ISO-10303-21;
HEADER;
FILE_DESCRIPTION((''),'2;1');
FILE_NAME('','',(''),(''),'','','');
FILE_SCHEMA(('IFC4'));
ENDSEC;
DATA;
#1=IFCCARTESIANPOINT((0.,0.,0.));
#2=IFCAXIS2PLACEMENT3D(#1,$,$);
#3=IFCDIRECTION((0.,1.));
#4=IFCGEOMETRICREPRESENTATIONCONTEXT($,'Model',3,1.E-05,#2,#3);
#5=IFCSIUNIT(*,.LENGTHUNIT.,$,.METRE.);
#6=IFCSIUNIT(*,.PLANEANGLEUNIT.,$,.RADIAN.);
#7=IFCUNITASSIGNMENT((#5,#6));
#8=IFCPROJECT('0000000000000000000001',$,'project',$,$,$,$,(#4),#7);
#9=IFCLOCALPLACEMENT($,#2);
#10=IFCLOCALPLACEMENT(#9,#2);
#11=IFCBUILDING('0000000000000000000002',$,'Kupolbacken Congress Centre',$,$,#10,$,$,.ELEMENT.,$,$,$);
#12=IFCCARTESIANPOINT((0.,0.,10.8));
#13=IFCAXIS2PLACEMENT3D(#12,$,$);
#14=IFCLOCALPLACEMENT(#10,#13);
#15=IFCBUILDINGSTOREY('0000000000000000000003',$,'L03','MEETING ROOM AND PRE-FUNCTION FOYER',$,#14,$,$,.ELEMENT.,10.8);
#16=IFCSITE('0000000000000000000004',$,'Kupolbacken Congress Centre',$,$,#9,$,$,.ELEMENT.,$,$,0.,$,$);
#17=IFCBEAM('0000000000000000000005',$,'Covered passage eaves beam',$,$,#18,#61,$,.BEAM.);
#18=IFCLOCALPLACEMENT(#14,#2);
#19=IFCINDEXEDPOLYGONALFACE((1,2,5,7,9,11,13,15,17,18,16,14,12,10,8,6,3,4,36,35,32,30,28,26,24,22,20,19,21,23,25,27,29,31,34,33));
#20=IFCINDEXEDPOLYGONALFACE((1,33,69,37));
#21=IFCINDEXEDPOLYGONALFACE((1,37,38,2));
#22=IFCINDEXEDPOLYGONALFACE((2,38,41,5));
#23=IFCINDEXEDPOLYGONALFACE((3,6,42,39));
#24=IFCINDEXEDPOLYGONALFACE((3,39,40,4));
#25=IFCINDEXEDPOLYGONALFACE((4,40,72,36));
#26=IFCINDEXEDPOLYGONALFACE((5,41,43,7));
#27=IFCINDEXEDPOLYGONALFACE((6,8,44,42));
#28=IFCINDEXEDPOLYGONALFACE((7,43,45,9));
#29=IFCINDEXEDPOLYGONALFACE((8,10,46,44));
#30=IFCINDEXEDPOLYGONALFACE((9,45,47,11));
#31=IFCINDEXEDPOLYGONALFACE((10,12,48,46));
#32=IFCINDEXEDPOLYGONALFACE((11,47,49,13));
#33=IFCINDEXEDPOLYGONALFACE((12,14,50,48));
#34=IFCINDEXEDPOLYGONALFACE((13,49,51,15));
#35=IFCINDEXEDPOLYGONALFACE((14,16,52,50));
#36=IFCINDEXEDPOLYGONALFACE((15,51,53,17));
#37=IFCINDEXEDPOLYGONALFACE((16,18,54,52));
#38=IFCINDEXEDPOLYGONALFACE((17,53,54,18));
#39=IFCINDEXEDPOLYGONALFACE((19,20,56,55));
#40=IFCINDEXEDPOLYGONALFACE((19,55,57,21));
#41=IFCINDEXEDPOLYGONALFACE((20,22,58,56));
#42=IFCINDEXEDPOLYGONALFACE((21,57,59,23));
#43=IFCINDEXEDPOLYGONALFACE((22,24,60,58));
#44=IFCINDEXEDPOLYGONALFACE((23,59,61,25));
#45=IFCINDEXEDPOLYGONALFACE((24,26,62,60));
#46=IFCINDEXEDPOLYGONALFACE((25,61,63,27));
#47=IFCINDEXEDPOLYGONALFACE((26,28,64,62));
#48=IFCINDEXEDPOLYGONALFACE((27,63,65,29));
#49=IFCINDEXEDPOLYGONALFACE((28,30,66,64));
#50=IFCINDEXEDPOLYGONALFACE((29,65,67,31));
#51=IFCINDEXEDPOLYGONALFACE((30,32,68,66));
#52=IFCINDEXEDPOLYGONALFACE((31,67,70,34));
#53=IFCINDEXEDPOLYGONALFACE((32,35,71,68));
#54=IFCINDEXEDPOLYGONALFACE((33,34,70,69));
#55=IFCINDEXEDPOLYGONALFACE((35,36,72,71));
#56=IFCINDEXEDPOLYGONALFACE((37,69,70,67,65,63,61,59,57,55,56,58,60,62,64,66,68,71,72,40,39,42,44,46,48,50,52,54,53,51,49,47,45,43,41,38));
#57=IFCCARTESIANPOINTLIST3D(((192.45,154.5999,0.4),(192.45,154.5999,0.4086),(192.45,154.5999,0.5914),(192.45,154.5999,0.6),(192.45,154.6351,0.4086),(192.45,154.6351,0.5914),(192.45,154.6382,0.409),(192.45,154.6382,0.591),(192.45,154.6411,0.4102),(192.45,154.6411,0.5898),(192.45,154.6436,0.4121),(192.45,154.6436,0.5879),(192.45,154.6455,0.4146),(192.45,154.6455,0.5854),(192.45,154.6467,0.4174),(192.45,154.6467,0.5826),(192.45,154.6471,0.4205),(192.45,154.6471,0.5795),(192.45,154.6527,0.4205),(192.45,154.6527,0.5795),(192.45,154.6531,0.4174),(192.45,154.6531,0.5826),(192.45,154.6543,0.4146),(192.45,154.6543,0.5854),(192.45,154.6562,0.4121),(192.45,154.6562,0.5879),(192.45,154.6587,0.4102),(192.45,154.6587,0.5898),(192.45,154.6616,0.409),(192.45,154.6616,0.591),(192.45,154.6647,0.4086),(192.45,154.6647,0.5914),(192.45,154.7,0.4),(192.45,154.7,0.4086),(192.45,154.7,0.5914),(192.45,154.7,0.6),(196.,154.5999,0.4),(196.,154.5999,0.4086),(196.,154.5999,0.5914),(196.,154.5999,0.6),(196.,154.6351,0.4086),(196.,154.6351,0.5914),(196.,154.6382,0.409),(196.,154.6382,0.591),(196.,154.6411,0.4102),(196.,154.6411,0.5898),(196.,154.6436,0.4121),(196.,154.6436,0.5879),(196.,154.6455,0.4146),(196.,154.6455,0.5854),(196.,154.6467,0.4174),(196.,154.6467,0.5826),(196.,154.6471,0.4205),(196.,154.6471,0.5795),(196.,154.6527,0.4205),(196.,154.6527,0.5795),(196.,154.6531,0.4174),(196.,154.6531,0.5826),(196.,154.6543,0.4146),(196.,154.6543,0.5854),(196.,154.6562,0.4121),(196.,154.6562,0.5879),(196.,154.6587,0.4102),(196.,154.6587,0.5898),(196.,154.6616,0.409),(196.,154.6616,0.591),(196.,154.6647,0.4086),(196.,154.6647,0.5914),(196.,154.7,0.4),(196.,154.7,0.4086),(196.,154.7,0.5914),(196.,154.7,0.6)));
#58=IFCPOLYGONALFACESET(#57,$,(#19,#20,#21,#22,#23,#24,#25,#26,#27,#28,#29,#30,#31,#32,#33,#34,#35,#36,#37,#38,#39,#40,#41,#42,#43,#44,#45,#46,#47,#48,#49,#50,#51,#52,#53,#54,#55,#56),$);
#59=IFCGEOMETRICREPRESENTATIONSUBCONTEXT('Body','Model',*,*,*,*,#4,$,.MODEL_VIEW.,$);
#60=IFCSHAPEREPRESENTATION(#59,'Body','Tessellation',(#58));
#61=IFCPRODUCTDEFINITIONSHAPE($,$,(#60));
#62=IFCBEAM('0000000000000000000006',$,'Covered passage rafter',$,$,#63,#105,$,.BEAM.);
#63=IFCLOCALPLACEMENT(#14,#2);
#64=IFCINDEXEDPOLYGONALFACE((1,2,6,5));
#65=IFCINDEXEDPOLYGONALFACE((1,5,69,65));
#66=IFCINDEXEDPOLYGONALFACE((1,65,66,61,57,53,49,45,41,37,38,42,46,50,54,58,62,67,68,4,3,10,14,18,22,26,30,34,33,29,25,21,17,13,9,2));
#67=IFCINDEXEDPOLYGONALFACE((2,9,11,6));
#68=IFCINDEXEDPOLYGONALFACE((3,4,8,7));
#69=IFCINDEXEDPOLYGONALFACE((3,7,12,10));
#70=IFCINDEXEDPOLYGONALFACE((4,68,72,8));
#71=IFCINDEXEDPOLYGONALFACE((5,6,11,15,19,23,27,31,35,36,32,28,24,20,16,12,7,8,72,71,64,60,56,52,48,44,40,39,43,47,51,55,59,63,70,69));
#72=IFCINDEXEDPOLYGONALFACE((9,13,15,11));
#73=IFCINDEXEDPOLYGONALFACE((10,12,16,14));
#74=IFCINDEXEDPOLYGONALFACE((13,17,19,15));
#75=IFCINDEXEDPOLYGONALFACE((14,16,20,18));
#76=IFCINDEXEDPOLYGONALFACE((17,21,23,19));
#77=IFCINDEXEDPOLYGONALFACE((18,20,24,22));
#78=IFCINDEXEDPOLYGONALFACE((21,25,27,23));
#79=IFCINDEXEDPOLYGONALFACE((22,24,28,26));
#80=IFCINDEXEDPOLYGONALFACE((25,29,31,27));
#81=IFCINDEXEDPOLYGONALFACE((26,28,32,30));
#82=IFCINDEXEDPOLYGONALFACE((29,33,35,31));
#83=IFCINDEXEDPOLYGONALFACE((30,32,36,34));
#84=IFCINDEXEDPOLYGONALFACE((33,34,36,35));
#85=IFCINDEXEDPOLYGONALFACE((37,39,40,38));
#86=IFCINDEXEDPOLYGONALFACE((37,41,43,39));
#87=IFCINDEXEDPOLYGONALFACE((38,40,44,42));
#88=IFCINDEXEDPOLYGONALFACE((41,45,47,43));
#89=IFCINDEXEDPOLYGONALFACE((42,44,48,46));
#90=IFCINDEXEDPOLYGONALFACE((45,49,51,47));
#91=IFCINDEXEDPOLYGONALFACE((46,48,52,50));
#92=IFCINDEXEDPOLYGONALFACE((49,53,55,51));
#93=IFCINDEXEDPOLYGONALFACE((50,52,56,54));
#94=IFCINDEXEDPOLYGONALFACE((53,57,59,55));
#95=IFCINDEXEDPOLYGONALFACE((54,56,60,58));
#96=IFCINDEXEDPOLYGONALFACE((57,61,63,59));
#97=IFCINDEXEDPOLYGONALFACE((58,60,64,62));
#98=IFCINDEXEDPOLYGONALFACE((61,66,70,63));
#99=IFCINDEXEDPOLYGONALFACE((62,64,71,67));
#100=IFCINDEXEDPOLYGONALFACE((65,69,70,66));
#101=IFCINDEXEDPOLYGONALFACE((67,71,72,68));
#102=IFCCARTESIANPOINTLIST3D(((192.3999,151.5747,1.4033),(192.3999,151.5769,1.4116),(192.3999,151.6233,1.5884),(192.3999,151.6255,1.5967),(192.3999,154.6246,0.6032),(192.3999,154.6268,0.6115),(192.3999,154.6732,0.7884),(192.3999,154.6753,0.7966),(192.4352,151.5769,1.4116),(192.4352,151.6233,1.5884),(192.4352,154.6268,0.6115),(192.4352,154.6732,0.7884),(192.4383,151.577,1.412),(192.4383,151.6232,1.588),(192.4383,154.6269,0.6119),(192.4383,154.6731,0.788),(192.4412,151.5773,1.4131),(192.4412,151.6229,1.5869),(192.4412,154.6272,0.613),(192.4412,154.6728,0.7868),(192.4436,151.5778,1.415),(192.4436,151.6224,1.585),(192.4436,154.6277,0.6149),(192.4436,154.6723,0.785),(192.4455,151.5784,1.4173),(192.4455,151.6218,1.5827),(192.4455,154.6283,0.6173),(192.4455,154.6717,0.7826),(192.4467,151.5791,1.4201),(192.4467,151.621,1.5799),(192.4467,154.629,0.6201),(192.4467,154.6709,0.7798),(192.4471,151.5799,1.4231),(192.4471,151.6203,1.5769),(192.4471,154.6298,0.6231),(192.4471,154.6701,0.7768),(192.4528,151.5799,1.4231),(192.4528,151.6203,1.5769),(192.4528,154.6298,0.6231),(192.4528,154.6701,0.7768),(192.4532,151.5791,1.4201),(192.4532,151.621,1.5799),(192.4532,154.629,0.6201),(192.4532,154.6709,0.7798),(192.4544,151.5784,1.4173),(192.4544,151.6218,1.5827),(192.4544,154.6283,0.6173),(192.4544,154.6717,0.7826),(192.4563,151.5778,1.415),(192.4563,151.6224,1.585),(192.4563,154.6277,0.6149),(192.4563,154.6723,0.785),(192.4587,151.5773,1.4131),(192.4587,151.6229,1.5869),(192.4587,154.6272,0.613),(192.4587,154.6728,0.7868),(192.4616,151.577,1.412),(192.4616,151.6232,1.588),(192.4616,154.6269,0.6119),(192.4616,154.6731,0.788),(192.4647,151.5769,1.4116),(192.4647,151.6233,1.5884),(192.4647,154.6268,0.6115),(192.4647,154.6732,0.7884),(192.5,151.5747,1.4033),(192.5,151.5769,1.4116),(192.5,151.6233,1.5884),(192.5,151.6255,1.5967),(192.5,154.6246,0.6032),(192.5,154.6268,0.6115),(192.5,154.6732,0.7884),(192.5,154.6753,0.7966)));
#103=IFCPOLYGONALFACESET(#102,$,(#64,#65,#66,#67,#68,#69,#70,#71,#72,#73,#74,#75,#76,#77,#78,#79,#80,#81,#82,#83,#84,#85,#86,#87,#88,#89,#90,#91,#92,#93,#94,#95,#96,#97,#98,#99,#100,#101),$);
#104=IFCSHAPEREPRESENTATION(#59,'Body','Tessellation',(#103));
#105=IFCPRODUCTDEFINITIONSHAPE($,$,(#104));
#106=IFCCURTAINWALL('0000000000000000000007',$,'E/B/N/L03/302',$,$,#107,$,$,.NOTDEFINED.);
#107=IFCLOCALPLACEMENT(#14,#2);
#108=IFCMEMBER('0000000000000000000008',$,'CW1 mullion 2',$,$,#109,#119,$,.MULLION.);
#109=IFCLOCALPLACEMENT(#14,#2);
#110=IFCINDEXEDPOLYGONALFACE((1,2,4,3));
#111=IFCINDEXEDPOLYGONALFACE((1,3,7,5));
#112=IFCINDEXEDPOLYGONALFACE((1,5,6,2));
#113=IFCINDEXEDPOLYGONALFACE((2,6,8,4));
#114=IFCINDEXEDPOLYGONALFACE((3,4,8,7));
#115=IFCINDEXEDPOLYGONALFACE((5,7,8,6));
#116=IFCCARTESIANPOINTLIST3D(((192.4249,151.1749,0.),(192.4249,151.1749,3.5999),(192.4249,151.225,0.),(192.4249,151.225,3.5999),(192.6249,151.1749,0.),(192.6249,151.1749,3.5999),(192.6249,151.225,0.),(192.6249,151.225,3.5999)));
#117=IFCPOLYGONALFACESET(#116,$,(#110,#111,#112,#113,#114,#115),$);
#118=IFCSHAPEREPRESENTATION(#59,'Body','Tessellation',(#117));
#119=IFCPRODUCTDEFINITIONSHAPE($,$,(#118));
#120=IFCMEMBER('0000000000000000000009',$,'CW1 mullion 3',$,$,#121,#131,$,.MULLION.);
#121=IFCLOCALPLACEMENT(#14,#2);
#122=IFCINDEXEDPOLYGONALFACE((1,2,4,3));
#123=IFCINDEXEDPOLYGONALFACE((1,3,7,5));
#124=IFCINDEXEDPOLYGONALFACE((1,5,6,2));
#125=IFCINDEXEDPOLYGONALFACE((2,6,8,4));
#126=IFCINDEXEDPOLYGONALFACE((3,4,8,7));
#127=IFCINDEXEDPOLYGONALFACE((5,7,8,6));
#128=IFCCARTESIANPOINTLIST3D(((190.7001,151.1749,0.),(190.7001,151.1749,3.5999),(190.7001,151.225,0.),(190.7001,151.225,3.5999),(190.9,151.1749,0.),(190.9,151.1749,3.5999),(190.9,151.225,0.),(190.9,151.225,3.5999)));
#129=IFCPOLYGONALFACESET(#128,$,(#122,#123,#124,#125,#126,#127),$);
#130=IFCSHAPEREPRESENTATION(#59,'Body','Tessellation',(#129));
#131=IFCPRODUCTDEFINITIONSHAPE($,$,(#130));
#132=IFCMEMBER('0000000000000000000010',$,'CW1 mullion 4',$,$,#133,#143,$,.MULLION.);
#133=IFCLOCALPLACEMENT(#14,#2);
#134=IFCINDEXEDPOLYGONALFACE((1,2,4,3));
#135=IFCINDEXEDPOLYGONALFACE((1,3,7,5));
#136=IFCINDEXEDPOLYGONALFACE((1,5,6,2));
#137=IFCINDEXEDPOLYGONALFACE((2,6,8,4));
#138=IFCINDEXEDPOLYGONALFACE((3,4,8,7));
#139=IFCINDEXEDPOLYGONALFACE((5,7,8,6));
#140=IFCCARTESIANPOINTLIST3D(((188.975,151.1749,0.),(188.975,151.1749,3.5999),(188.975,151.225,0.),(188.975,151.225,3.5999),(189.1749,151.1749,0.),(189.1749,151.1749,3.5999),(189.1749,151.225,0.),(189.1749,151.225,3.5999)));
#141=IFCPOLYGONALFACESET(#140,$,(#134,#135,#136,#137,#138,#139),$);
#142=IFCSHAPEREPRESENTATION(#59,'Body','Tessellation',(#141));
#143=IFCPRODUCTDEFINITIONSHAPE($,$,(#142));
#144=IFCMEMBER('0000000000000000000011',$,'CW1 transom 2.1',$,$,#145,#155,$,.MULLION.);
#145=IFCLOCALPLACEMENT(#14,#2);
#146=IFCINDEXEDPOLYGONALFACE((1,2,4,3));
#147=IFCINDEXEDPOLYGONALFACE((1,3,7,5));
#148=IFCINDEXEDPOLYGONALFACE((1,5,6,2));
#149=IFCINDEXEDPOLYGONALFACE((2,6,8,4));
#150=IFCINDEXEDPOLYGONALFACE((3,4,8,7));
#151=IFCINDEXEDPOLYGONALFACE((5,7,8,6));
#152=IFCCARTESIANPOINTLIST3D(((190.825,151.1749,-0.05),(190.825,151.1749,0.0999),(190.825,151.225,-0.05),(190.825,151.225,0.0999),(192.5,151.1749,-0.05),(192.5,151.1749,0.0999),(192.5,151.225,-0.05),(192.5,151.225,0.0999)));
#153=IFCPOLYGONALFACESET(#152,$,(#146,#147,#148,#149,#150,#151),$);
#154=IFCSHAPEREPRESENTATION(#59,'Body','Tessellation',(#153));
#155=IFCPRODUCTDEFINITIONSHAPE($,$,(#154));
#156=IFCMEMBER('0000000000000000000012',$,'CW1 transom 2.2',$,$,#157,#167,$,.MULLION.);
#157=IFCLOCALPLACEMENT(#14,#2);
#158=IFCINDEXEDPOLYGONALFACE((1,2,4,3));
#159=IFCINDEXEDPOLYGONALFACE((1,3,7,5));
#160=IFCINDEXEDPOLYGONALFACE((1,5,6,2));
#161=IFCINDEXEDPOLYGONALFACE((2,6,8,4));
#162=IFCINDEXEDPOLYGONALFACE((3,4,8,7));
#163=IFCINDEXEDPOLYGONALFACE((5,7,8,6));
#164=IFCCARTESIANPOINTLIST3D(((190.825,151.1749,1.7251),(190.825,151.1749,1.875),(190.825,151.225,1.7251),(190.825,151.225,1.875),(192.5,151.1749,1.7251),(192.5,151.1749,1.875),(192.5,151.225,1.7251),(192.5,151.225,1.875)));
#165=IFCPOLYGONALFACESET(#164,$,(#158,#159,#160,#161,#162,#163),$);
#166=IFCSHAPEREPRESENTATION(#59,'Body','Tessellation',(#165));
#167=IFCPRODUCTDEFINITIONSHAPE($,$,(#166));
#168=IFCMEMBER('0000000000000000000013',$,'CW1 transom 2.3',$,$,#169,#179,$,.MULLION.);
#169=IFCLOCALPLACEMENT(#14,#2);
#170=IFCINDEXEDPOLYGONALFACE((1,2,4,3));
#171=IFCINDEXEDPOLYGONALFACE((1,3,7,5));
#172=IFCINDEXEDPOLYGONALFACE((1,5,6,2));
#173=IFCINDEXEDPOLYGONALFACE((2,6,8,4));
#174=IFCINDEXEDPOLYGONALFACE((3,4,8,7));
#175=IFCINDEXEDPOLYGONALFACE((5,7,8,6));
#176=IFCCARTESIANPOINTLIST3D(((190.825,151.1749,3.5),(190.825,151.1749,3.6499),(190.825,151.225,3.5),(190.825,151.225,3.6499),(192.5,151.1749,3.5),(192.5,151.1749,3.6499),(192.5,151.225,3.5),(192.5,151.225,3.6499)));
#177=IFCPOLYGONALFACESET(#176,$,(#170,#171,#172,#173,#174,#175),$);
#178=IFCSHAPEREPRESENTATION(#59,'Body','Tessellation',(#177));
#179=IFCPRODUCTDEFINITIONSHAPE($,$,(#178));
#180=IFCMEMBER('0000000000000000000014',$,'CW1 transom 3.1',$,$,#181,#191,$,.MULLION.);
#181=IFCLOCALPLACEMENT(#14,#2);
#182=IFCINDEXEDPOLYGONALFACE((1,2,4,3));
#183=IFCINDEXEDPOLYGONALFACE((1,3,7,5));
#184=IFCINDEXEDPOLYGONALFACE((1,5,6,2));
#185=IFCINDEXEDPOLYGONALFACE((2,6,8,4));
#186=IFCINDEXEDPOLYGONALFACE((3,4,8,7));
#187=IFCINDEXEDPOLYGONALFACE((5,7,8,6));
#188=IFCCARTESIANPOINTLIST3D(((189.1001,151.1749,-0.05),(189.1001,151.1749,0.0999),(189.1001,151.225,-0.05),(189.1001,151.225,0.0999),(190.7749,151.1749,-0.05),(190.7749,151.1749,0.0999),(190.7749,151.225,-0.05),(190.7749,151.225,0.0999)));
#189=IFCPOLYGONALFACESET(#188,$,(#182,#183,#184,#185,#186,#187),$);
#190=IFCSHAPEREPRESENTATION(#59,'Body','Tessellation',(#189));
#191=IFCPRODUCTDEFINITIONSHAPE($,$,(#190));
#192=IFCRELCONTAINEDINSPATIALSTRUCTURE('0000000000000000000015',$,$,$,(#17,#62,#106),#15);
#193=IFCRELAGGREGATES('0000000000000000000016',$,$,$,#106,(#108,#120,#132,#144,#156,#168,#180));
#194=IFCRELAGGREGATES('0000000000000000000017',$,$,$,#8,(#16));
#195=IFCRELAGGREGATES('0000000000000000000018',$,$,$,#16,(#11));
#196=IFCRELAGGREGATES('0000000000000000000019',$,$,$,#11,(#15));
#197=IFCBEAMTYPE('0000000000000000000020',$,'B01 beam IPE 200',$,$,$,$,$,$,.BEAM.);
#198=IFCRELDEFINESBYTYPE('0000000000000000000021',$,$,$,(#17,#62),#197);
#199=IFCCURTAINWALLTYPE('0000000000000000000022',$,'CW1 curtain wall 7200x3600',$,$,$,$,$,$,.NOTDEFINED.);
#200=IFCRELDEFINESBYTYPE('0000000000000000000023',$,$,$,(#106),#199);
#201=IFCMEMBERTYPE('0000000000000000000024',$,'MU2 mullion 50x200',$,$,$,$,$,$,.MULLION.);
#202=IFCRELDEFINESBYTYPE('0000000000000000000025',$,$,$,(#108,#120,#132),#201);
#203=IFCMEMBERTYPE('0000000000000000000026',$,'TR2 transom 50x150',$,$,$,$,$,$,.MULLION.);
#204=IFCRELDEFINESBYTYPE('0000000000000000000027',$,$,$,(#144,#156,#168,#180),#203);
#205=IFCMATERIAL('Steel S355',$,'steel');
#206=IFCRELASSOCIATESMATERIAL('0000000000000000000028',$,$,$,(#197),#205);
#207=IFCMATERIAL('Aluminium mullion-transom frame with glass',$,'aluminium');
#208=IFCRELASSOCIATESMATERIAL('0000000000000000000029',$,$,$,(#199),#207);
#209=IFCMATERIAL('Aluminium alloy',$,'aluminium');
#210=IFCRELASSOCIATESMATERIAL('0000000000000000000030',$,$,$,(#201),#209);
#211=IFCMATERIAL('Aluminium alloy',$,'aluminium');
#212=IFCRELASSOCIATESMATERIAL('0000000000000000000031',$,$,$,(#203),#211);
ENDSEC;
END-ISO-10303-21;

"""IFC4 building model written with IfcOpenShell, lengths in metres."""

from ifc_helpers import new_model, si_unit, direction, frame, origin, origin_2d, place, context, subcontext, project, spatial, rectangle, i_section, extrude, material, material_profile, profile_set, type_object, element, aggregate, save


model = new_model("IFC4")

# Units and contexts
model_context = context("Model", 3, precision=1e-05, world=origin(), true_north=direction((0.0, 1.0)))
body_context = subcontext(model_context, "Body", "Model", "MODEL_VIEW")
ifc_project = project(units=[si_unit("LENGTHUNIT", "METRE"), si_unit("PLANEANGLEUNIT", "RADIAN")], contexts=[model_context])

# Site, building, storey
site_placement = place(None, origin())
site = spatial("IfcSite", under=ifc_project, at=site_placement, Name="Kupolbacken Congress Centre", CompositionType="ELEMENT", RefElevation=0.0)
building_placement = place(site_placement, origin())
building = spatial("IfcBuilding", under=site, at=building_placement, Name="Kupolbacken Congress Centre", CompositionType="ELEMENT")
storey_placement = place(building_placement, frame((0.0, 0.0, 10.8)))
storey = spatial("IfcBuildingStorey", under=building, at=storey_placement, Name="L03", Description="MEETING ROOM AND PRE-FUNCTION FOYER", CompositionType="ELEMENT", Elevation=10.8)

# Beams
ifc_material_1 = material(Name="Steel S355", Category="steel")
ifc_material_profile_1 = material_profile(ifc_material_1, i_section(OverallWidth=0.1001, OverallDepth=0.2, WebThickness=0.0056, FlangeThickness=0.0085, FilletRadius=0.012, at=origin_2d()), Name="IPE 200")
ifc_profile_set_1 = profile_set([ifc_material_profile_1], Name="Steel S355")
beam_type = type_object("IfcBeamType", Name="B01 beam IPE 200", PredefinedType="BEAM", material=ifc_profile_set_1)
for number, where, z_axis, x_axis, name in (
    (1, (192.45, 154.6499, 0.5), (1.0, 0.0, 0.0), (0.0, 1.0, 0.0), "Covered passage eaves beam"),
):
    element("IfcBeam", number, at=place(storey_placement, frame(where, z_axis=z_axis, x_axis=x_axis)), inside=storey, type_object=beam_type, Name=name, PredefinedType="BEAM", context=body_context, shape_type="SweptSolid", body=[
        extrude(i_section(OverallWidth=0.1001, OverallDepth=0.2, WebThickness=0.0056, FlangeThickness=0.0085, FilletRadius=0.012, at=origin_2d()), origin(), (0.0, 0.0, 1.0), 3.55),
    ])
beam_placement = place(storey_placement, frame((192.45, 151.6001, 1.5), z_axis=(0.0, 0.967272, -0.253742), x_axis=(-1.0, 0.0, 0.0)))
element("IfcBeam", 2, at=beam_placement, inside=storey, type_object=beam_type, Name="Covered passage rafter", PredefinedType="BEAM", context=body_context, shape_type="SweptSolid", body=[
    extrude(i_section(OverallWidth=0.1001, OverallDepth=0.2, WebThickness=0.0056, FlangeThickness=0.0085, FilletRadius=0.012, at=origin_2d()), origin(), (0.0, 0.0, 1.0), 3.1531),
])

# Curtain wall, members
ifc_material_2 = material(Name="Aluminium mullion-transom frame with glass", Category="aluminium")
curtain_wall_type = type_object("IfcCurtainWallType", Name="CW1 curtain wall 7200x3600", PredefinedType="NOTDEFINED", material=ifc_material_2)
curtain_wall_placement = place(storey_placement, origin())
curtain_wall = element("IfcCurtainWall", 3, at=curtain_wall_placement, inside=storey, type_object=curtain_wall_type, Name="E/B/N/L03/302", PredefinedType="NOTDEFINED")
ifc_material_3 = material(Name="Aluminium alloy", Category="aluminium")
ifc_material_profile_2 = material_profile(ifc_material_3, rectangle(XDim=0.05, YDim=0.2, at=origin_2d()), Name="50 x 200")
ifc_profile_set_2 = profile_set([ifc_material_profile_2], Name="Aluminium alloy")
member_type_1 = type_object("IfcMemberType", Name="MU2 mullion 50x200", PredefinedType="MULLION", material=ifc_profile_set_2)
member_1_placement = place(storey_placement, frame((192.5249, 151.2, 0.0), z_axis=(0.0, 0.0, 1.0), x_axis=(0.0, -1.0, 0.0)))
member_1 = element("IfcMember", 4, at=member_1_placement, type_object=member_type_1, Name="CW1 mullion 2", PredefinedType="MULLION", context=body_context, shape_type="SweptSolid", body=[
    extrude(rectangle(XDim=0.05, YDim=0.2, at=origin_2d()), origin(), (0.0, 0.0, 1.0), 3.5999),
])
member_2_placement = place(storey_placement, frame((190.8, 151.2, 0.0), z_axis=(0.0, 0.0, 1.0), x_axis=(0.0, -1.0, 0.0)))
member_2 = element("IfcMember", 5, at=member_2_placement, type_object=member_type_1, Name="CW1 mullion 3", PredefinedType="MULLION", context=body_context, shape_type="SweptSolid", body=[
    extrude(rectangle(XDim=0.05, YDim=0.2, at=origin_2d()), origin(), (0.0, 0.0, 1.0), 3.5999),
])
member_3_placement = place(storey_placement, frame((189.075, 151.2, 0.0), z_axis=(0.0, 0.0, 1.0), x_axis=(0.0, -1.0, 0.0)))
member_3 = element("IfcMember", 6, at=member_3_placement, type_object=member_type_1, Name="CW1 mullion 4", PredefinedType="MULLION", context=body_context, shape_type="SweptSolid", body=[
    extrude(rectangle(XDim=0.05, YDim=0.2, at=origin_2d()), origin(), (0.0, 0.0, 1.0), 3.5999),
])
ifc_material_4 = material(Name="Aluminium alloy", Category="aluminium")
ifc_material_profile_3 = material_profile(ifc_material_4, rectangle(XDim=0.05, YDim=0.1499, at=origin_2d()), Name="50 x 150")
ifc_profile_set_3 = profile_set([ifc_material_profile_3], Name="Aluminium alloy")
member_type_2 = type_object("IfcMemberType", Name="TR2 transom 50x150", PredefinedType="MULLION", material=ifc_profile_set_3)
member_4_placement = place(storey_placement, frame((192.5, 151.2, 0.0249), z_axis=(-1.0, 0.0, 0.0), x_axis=(0.0, -1.0, 0.0)))
member_4 = element("IfcMember", 7, at=member_4_placement, type_object=member_type_2, Name="CW1 transom 2.1", PredefinedType="MULLION", context=body_context, shape_type="SweptSolid", body=[
    extrude(rectangle(XDim=0.05, YDim=0.1499, at=origin_2d()), origin(), (0.0, 0.0, 1.0), 1.675),
])
member_5_placement = place(storey_placement, frame((192.5, 151.2, 1.8), z_axis=(-1.0, 0.0, 0.0), x_axis=(0.0, -1.0, 0.0)))
member_5 = element("IfcMember", 8, at=member_5_placement, type_object=member_type_2, Name="CW1 transom 2.2", PredefinedType="MULLION", context=body_context, shape_type="SweptSolid", body=[
    extrude(rectangle(XDim=0.05, YDim=0.1499, at=origin_2d()), origin(), (0.0, 0.0, 1.0), 1.675),
])
member_6_placement = place(storey_placement, frame((192.5, 151.2, 3.575), z_axis=(-1.0, 0.0, 0.0), x_axis=(0.0, -1.0, 0.0)))
member_6 = element("IfcMember", 9, at=member_6_placement, type_object=member_type_2, Name="CW1 transom 2.3", PredefinedType="MULLION", context=body_context, shape_type="SweptSolid", body=[
    extrude(rectangle(XDim=0.05, YDim=0.1499, at=origin_2d()), origin(), (0.0, 0.0, 1.0), 1.675),
])
member_7_placement = place(storey_placement, frame((190.7749, 151.2, 0.0249), z_axis=(-1.0, 0.0, 0.0), x_axis=(0.0, -1.0, 0.0)))
member_7 = element("IfcMember", 10, at=member_7_placement, type_object=member_type_2, Name="CW1 transom 3.1", PredefinedType="MULLION", context=body_context, shape_type="SweptSolid", body=[
    extrude(rectangle(XDim=0.05, YDim=0.1499, at=origin_2d()), origin(), (0.0, 0.0, 1.0), 1.6748),
])
aggregate(curtain_wall, [member_1, member_2, member_3, member_4, member_5, member_6, member_7])

save(model, "model.ifc")
